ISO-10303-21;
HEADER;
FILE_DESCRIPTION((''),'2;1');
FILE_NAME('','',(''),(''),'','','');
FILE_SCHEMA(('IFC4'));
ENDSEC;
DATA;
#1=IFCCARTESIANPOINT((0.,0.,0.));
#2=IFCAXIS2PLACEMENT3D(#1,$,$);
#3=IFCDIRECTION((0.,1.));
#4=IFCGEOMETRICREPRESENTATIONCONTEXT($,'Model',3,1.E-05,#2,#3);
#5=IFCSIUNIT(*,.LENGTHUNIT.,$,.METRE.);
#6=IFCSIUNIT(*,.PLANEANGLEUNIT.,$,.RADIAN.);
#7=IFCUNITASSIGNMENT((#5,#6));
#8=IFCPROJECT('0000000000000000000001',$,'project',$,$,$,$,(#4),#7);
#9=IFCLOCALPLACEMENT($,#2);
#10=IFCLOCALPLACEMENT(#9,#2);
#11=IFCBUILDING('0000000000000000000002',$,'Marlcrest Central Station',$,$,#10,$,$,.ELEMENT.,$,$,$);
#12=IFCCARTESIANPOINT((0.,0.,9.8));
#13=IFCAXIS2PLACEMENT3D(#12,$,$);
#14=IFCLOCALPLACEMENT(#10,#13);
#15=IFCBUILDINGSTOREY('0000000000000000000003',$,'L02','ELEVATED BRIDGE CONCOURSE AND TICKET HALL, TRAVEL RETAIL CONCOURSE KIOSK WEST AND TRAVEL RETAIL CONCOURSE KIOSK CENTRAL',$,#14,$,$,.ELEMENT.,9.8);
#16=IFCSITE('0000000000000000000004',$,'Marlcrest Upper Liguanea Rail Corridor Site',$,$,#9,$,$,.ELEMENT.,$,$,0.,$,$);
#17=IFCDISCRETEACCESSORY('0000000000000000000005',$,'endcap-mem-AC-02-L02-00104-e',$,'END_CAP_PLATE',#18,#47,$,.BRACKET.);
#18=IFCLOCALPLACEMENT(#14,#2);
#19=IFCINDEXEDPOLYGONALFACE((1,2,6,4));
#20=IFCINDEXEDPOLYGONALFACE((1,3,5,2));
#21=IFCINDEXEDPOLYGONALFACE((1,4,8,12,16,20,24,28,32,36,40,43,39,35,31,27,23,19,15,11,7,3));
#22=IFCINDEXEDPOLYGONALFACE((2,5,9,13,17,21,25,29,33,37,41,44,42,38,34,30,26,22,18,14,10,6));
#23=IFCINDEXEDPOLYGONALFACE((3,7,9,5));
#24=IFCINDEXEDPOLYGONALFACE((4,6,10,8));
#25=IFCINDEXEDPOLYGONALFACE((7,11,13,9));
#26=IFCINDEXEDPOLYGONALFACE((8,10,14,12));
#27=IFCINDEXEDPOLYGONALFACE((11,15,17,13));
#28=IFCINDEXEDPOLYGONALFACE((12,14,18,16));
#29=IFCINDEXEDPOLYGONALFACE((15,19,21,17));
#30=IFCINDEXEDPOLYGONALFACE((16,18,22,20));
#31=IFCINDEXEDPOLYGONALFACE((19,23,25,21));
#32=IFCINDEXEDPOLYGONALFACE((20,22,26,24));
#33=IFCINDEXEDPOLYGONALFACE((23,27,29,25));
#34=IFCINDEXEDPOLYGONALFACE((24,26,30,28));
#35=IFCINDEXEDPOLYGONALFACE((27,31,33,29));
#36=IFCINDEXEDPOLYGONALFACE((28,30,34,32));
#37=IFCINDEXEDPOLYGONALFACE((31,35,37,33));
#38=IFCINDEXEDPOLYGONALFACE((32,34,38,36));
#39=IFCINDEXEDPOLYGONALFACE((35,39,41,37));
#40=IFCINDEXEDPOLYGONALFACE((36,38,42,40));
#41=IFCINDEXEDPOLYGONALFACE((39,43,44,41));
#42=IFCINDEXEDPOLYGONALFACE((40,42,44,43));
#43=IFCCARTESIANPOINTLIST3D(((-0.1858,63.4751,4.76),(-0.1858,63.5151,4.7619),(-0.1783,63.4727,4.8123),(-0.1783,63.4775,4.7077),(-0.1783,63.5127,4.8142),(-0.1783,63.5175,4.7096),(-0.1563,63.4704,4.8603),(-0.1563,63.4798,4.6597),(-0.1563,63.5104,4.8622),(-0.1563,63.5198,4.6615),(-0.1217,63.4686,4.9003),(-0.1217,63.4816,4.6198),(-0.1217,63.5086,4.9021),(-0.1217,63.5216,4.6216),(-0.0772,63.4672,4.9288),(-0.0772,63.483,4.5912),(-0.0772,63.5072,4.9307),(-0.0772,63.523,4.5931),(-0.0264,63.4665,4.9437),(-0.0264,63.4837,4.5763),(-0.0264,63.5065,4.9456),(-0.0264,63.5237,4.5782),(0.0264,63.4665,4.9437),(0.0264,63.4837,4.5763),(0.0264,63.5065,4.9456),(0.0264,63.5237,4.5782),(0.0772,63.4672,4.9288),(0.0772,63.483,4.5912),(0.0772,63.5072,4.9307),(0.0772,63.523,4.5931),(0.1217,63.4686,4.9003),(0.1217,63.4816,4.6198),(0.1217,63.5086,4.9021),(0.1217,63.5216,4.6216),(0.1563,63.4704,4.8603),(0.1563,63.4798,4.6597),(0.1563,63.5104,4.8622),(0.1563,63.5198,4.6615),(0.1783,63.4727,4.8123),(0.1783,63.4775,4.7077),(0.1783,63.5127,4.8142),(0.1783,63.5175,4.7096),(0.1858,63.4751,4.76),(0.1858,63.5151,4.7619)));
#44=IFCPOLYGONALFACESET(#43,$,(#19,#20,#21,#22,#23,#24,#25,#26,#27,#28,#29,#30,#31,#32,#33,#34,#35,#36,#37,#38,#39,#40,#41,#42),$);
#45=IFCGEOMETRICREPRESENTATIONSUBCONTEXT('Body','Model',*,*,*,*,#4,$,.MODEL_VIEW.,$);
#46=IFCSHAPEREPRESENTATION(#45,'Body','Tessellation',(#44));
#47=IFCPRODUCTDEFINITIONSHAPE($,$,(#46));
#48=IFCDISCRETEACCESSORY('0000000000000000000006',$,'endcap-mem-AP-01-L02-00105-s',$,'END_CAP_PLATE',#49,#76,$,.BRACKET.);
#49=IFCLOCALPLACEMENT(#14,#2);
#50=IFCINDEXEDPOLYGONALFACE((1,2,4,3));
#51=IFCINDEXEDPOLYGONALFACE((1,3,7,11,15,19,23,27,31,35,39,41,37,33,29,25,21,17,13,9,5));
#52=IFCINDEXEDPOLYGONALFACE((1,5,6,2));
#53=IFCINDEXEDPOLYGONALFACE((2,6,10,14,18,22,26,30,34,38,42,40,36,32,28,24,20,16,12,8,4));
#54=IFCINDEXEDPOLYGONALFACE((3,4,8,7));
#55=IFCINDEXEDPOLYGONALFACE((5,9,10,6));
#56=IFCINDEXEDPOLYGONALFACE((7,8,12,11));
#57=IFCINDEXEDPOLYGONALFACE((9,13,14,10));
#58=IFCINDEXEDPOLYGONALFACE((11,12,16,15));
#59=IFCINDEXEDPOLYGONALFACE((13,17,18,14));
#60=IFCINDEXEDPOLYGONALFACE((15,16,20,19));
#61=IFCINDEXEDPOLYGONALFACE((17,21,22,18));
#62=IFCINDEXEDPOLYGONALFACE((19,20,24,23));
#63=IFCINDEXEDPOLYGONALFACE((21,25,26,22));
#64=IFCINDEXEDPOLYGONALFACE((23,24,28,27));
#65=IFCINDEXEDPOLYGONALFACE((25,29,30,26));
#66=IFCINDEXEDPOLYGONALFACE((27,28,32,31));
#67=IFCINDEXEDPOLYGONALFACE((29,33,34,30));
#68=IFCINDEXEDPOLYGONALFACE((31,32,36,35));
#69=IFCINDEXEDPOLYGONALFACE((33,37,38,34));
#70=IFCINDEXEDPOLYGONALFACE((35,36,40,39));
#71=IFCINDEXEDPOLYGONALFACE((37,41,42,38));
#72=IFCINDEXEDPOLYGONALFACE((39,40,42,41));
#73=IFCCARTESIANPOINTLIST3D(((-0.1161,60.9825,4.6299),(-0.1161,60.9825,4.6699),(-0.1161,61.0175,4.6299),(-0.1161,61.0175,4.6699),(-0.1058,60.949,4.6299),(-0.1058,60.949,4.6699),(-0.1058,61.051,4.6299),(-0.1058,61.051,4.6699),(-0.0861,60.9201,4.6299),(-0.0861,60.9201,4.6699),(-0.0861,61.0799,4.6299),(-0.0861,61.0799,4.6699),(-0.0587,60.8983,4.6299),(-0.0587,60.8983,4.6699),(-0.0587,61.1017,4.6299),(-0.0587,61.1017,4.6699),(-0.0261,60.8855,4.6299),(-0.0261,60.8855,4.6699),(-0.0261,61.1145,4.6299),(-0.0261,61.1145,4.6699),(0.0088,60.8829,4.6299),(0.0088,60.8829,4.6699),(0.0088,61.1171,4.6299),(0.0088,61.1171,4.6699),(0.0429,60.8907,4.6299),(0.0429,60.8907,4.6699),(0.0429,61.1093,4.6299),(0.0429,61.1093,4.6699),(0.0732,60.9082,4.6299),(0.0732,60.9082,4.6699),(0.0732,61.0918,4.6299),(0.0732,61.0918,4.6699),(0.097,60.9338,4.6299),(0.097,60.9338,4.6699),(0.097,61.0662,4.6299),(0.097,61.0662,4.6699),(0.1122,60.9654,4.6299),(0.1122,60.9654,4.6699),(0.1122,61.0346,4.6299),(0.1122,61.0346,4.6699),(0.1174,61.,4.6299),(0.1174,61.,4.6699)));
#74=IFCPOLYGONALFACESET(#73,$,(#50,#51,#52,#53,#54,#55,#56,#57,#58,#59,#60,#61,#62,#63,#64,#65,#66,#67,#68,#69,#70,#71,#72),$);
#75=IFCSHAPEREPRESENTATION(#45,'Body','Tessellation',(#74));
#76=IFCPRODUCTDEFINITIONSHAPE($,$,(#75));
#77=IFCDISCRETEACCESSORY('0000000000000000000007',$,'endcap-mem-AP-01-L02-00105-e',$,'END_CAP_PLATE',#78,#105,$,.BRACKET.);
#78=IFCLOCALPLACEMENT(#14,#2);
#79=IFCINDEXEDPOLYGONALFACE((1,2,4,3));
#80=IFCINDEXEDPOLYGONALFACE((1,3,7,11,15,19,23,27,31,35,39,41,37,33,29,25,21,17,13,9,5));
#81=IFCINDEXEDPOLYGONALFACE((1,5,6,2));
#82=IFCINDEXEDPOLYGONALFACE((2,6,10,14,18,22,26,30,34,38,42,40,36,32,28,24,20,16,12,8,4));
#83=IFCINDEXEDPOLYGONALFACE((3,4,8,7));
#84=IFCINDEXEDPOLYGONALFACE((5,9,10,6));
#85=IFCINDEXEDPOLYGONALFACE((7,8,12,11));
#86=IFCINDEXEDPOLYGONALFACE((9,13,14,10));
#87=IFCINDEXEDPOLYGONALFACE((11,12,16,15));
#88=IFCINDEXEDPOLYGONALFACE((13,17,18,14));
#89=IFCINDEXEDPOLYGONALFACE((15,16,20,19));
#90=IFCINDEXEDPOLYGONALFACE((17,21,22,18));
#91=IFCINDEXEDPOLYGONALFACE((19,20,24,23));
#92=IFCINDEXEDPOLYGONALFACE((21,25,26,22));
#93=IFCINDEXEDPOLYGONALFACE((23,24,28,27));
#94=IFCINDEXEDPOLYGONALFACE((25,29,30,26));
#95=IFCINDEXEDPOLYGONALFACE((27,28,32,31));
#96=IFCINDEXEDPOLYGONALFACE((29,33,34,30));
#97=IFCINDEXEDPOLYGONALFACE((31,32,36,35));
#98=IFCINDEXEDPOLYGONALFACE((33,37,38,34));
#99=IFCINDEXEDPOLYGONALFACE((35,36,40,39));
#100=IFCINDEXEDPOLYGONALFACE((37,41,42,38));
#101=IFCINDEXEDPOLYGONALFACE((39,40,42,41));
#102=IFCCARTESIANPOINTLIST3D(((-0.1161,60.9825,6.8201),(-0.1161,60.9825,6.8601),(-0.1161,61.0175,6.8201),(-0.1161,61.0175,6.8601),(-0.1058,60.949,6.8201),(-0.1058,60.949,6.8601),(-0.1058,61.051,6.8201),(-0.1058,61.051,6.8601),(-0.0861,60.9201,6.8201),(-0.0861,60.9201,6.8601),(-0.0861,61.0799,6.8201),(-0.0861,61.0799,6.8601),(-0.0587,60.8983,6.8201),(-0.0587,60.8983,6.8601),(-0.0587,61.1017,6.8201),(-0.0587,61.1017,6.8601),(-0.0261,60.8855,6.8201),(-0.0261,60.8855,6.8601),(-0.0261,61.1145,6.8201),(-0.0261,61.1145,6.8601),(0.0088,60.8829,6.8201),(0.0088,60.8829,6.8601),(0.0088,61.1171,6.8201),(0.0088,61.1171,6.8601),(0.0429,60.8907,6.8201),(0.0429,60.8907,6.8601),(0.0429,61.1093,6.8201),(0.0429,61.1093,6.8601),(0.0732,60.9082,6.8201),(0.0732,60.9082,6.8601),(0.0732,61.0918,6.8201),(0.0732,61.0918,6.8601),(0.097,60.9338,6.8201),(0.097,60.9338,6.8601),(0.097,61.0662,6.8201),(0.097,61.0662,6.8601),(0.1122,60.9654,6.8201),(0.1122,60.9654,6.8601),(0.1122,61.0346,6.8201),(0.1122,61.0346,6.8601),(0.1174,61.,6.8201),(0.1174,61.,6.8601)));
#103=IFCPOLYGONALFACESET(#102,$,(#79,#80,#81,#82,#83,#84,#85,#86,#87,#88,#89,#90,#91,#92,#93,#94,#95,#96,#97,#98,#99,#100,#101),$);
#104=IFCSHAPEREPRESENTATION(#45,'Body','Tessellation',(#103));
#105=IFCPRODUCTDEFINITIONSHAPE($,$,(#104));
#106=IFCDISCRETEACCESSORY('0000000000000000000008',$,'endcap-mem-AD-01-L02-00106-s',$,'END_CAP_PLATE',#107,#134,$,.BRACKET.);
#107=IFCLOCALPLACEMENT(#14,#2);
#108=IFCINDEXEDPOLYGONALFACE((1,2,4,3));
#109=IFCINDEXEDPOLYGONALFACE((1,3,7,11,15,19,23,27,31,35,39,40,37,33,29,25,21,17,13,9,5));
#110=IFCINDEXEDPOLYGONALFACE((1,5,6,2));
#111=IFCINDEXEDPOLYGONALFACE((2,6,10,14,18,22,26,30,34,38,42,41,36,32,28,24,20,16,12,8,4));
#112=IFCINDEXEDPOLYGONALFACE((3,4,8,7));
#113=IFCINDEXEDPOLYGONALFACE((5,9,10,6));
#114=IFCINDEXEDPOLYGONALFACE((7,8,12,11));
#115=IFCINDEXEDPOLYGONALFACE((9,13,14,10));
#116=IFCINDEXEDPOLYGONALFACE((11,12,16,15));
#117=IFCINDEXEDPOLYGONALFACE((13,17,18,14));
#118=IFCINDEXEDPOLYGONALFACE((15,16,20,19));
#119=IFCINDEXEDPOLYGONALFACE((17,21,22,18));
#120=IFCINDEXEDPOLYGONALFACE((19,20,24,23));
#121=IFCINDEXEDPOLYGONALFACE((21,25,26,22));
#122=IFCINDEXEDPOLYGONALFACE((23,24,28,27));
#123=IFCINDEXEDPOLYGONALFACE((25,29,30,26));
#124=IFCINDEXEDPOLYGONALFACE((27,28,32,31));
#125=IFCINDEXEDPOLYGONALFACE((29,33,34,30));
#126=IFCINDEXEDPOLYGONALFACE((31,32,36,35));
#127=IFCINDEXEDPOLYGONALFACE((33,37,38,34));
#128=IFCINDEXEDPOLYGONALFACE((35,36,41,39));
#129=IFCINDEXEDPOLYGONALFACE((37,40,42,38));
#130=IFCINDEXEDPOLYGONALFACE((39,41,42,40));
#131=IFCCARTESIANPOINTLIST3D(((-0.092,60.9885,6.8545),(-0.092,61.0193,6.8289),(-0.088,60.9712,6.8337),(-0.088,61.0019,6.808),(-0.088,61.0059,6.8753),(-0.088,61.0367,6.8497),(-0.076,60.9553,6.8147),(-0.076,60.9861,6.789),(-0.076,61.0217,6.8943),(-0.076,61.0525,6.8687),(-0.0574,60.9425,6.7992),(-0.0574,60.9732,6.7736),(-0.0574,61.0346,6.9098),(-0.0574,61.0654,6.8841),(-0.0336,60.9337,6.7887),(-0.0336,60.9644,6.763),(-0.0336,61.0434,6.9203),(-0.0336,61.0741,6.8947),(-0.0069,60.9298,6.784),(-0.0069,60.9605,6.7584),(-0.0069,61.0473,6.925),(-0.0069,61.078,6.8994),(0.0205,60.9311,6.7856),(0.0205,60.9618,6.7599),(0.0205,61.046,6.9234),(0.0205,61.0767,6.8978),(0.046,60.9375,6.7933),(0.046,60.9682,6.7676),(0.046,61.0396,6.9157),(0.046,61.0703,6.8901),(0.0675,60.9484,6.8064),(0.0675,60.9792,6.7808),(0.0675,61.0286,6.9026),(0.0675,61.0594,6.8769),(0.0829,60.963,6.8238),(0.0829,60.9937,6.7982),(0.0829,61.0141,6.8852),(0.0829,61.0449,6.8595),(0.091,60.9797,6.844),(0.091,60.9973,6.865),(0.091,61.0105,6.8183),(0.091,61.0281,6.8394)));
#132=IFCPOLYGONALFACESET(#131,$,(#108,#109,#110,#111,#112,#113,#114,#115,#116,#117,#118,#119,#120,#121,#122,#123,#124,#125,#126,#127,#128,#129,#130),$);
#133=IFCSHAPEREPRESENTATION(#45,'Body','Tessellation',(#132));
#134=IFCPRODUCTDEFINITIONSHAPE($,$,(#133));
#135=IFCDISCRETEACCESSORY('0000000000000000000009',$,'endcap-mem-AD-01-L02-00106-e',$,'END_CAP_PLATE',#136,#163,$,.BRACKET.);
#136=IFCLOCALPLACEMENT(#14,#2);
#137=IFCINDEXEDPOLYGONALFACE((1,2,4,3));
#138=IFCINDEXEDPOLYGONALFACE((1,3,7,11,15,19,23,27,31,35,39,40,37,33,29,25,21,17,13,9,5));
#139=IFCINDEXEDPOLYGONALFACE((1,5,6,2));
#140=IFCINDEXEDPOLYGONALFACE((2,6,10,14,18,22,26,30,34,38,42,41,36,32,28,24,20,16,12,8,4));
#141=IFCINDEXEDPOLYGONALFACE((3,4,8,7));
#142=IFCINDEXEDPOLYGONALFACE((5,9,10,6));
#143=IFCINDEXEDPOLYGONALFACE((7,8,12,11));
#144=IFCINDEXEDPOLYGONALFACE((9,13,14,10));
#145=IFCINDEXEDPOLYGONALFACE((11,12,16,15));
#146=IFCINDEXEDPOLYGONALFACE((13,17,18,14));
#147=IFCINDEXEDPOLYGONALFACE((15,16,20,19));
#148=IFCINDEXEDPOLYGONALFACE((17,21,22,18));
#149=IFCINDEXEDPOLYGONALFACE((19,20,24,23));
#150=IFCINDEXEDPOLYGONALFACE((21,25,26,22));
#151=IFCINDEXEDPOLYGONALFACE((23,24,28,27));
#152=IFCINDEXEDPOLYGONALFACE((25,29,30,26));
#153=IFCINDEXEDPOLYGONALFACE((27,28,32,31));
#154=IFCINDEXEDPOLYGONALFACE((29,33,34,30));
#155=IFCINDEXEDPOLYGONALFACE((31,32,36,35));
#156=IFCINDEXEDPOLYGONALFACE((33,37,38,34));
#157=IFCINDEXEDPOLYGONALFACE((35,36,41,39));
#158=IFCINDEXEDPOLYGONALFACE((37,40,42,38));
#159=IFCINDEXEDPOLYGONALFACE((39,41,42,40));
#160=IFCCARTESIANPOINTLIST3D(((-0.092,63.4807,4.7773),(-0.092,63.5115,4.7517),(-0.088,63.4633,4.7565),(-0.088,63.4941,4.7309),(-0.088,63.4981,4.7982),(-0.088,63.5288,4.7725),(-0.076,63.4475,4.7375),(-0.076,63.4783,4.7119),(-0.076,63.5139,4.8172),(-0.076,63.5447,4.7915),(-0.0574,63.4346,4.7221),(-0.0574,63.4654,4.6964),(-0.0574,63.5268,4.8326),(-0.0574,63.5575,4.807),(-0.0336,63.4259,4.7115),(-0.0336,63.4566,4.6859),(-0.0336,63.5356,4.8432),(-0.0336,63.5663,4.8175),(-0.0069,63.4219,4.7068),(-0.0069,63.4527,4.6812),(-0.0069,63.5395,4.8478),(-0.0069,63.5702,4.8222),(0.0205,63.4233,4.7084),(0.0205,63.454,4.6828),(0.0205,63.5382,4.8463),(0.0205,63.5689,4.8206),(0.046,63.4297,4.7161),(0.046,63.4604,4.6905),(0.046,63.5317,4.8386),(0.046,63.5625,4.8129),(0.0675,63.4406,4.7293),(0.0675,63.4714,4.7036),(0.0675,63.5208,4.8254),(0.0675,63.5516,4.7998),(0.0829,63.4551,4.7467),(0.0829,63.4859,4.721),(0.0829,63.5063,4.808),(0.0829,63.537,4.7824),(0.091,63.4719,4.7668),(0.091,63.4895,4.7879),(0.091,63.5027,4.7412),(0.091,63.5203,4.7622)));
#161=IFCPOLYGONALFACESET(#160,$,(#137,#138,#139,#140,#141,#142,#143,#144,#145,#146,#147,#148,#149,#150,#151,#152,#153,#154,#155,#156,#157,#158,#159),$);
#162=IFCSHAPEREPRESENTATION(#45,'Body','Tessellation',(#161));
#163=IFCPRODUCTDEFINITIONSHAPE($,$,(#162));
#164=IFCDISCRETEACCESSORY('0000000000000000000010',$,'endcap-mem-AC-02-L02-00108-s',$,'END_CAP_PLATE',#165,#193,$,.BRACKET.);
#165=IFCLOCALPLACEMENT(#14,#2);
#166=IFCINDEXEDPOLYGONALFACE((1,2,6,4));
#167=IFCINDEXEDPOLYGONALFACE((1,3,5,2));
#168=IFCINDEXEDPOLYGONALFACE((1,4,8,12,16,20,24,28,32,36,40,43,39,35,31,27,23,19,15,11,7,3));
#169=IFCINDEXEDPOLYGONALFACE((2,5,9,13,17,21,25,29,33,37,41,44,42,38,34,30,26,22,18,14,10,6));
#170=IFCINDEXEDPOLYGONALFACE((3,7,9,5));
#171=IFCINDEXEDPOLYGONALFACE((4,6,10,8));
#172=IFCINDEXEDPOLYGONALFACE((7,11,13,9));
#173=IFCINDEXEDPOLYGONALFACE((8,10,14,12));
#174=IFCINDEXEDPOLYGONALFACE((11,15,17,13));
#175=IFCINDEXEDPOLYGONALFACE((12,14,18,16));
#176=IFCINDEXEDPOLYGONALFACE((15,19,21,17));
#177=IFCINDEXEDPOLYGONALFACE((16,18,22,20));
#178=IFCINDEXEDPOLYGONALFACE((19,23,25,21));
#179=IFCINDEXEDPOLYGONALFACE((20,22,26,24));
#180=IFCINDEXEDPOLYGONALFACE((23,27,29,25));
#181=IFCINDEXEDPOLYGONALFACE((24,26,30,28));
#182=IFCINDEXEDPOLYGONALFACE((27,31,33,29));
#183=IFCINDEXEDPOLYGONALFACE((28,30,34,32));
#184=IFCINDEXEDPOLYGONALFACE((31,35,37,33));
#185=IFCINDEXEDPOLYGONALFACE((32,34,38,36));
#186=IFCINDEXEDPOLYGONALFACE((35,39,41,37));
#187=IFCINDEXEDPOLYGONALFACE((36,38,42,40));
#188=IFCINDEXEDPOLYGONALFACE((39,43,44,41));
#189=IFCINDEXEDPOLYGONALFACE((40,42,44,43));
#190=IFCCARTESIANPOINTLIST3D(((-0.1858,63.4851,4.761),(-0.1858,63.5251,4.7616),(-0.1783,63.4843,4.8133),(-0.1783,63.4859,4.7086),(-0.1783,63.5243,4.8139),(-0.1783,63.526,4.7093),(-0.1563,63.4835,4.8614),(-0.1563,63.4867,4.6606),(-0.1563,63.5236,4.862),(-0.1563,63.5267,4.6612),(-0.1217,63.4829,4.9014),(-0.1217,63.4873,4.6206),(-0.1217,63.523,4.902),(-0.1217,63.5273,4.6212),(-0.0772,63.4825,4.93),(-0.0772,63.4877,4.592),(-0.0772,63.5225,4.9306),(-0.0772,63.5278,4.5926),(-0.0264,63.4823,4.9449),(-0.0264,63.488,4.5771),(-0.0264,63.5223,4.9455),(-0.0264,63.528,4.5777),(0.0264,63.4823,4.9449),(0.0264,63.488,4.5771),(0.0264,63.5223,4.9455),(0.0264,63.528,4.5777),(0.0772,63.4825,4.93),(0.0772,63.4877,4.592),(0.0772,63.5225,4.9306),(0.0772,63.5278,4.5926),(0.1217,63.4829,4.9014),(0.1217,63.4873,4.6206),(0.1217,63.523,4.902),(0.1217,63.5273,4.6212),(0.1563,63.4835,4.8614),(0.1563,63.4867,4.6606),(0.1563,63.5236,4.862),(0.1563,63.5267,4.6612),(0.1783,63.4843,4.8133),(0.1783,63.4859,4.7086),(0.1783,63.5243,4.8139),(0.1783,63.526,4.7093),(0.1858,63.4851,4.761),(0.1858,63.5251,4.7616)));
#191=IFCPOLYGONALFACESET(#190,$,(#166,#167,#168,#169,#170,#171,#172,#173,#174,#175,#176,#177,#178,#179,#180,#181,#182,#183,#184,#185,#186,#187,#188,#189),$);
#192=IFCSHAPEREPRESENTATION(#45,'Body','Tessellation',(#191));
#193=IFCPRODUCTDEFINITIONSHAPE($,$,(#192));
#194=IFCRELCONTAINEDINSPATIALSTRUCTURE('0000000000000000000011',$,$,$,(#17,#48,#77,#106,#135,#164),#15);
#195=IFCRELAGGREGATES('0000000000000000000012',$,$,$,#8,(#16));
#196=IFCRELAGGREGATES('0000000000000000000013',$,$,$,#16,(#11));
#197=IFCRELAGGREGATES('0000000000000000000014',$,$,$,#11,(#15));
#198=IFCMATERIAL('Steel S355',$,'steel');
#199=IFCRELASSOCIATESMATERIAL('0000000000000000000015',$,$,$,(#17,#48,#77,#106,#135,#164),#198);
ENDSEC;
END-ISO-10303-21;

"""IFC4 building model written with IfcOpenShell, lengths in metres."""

from ifc_helpers import new_model, si_unit, direction, frame, origin, origin_2d, place, context, subcontext, project, spatial, circle, extrude, material, element, save


model = new_model("IFC4")

# Units and contexts
model_context = context("Model", 3, precision=1e-05, world=origin(), true_north=direction((0.0, 1.0)))
body_context = subcontext(model_context, "Body", "Model", "MODEL_VIEW")
ifc_project = project(units=[si_unit("LENGTHUNIT", "METRE"), si_unit("PLANEANGLEUNIT", "RADIAN")], contexts=[model_context])

# Site, building, storey
site_placement = place(None, origin())
site = spatial("IfcSite", under=ifc_project, at=site_placement, Name="Marlcrest Upper Liguanea Rail Corridor Site", CompositionType="ELEMENT", RefElevation=0.0)
building_placement = place(site_placement, origin())
building = spatial("IfcBuilding", under=site, at=building_placement, Name="Marlcrest Central Station", CompositionType="ELEMENT")
storey_placement = place(building_placement, frame((0.0, 0.0, 9.8)))
storey = spatial("IfcBuildingStorey", under=building, at=storey_placement, Name="L02", Description="ELEVATED BRIDGE CONCOURSE AND TICKET HALL, TRAVEL RETAIL CONCOURSE KIOSK WEST AND TRAVEL RETAIL CONCOURSE KIOSK CENTRAL", CompositionType="ELEMENT", Elevation=9.8)

# Shared definitions
ifc_material = material(Name="Steel S355", Category="steel")

# Discrete accessories
for number, where, z_axis, x_axis, name in (
    (1, (0.0, 63.4751, 4.76), (0.0, 0.998917, 0.046532), (-1.0, 0.0, 0.0), "endcap-mem-AC-02-L02-00104-e"),
):
    element("IfcDiscreteAccessory", number, at=place(storey_placement, frame(where, z_axis=z_axis, x_axis=x_axis)), inside=storey, material=ifc_material, Name=name, ObjectType="END_CAP_PLATE", PredefinedType="BRACKET", context=body_context, shape_type="SweptSolid", body=[
        extrude(circle(Radius=0.1858, at=origin_2d()), origin(), (0.0, 0.0, 1.0), 0.04),
    ])
for number, where, z_axis, x_axis, name in (
    (2, (0.0, 61.0, 4.6299), (0.0, 0.0, 1.0), (1.0, 0.0, 0.0), "endcap-mem-AP-01-L02-00105-s"),
    (3, (0.0, 61.0, 6.8201), (0.0, 0.0, 1.0), (1.0, 0.0, 0.0), "endcap-mem-AP-01-L02-00105-e"),
):
    element("IfcDiscreteAccessory", number, at=place(storey_placement, frame(where, z_axis=z_axis, x_axis=x_axis)), inside=storey, material=ifc_material, Name=name, ObjectType="END_CAP_PLATE", PredefinedType="BRACKET", context=body_context, shape_type="SweptSolid", body=[
        extrude(circle(Radius=0.1174, at=origin_2d()), origin(), (0.0, 0.0, 1.0), 0.04),
    ])
for number, where, z_axis, x_axis, name in (
    (4, (0.0, 60.9885, 6.8545), (0.0, 0.76816, -0.640258), (-1.0, 0.0, 0.0), "endcap-mem-AD-01-L02-00106-s"),
    (5, (0.0, 63.4807, 4.7773), (0.0, 0.76816, -0.640258), (-1.0, 0.0, 0.0), "endcap-mem-AD-01-L02-00106-e"),
):
    element("IfcDiscreteAccessory", number, at=place(storey_placement, frame(where, z_axis=z_axis, x_axis=x_axis)), inside=storey, material=ifc_material, Name=name, ObjectType="END_CAP_PLATE", PredefinedType="BRACKET", context=body_context, shape_type="SweptSolid", body=[
        extrude(circle(Radius=0.092, at=origin_2d()), origin(), (0.0, 0.0, 1.0), 0.04),
    ])
for number, where, z_axis, x_axis, name in (
    (6, (0.0, 63.4851, 4.761), (0.0, 0.999879, 0.015525), (-1.0, 0.0, 0.0), "endcap-mem-AC-02-L02-00108-s"),
):
    element("IfcDiscreteAccessory", number, at=place(storey_placement, frame(where, z_axis=z_axis, x_axis=x_axis)), inside=storey, material=ifc_material, Name=name, ObjectType="END_CAP_PLATE", PredefinedType="BRACKET", context=body_context, shape_type="SweptSolid", body=[
        extrude(circle(Radius=0.1858, at=origin_2d()), origin(), (0.0, 0.0, 1.0), 0.04),
    ])

save(model, "model.ifc")
